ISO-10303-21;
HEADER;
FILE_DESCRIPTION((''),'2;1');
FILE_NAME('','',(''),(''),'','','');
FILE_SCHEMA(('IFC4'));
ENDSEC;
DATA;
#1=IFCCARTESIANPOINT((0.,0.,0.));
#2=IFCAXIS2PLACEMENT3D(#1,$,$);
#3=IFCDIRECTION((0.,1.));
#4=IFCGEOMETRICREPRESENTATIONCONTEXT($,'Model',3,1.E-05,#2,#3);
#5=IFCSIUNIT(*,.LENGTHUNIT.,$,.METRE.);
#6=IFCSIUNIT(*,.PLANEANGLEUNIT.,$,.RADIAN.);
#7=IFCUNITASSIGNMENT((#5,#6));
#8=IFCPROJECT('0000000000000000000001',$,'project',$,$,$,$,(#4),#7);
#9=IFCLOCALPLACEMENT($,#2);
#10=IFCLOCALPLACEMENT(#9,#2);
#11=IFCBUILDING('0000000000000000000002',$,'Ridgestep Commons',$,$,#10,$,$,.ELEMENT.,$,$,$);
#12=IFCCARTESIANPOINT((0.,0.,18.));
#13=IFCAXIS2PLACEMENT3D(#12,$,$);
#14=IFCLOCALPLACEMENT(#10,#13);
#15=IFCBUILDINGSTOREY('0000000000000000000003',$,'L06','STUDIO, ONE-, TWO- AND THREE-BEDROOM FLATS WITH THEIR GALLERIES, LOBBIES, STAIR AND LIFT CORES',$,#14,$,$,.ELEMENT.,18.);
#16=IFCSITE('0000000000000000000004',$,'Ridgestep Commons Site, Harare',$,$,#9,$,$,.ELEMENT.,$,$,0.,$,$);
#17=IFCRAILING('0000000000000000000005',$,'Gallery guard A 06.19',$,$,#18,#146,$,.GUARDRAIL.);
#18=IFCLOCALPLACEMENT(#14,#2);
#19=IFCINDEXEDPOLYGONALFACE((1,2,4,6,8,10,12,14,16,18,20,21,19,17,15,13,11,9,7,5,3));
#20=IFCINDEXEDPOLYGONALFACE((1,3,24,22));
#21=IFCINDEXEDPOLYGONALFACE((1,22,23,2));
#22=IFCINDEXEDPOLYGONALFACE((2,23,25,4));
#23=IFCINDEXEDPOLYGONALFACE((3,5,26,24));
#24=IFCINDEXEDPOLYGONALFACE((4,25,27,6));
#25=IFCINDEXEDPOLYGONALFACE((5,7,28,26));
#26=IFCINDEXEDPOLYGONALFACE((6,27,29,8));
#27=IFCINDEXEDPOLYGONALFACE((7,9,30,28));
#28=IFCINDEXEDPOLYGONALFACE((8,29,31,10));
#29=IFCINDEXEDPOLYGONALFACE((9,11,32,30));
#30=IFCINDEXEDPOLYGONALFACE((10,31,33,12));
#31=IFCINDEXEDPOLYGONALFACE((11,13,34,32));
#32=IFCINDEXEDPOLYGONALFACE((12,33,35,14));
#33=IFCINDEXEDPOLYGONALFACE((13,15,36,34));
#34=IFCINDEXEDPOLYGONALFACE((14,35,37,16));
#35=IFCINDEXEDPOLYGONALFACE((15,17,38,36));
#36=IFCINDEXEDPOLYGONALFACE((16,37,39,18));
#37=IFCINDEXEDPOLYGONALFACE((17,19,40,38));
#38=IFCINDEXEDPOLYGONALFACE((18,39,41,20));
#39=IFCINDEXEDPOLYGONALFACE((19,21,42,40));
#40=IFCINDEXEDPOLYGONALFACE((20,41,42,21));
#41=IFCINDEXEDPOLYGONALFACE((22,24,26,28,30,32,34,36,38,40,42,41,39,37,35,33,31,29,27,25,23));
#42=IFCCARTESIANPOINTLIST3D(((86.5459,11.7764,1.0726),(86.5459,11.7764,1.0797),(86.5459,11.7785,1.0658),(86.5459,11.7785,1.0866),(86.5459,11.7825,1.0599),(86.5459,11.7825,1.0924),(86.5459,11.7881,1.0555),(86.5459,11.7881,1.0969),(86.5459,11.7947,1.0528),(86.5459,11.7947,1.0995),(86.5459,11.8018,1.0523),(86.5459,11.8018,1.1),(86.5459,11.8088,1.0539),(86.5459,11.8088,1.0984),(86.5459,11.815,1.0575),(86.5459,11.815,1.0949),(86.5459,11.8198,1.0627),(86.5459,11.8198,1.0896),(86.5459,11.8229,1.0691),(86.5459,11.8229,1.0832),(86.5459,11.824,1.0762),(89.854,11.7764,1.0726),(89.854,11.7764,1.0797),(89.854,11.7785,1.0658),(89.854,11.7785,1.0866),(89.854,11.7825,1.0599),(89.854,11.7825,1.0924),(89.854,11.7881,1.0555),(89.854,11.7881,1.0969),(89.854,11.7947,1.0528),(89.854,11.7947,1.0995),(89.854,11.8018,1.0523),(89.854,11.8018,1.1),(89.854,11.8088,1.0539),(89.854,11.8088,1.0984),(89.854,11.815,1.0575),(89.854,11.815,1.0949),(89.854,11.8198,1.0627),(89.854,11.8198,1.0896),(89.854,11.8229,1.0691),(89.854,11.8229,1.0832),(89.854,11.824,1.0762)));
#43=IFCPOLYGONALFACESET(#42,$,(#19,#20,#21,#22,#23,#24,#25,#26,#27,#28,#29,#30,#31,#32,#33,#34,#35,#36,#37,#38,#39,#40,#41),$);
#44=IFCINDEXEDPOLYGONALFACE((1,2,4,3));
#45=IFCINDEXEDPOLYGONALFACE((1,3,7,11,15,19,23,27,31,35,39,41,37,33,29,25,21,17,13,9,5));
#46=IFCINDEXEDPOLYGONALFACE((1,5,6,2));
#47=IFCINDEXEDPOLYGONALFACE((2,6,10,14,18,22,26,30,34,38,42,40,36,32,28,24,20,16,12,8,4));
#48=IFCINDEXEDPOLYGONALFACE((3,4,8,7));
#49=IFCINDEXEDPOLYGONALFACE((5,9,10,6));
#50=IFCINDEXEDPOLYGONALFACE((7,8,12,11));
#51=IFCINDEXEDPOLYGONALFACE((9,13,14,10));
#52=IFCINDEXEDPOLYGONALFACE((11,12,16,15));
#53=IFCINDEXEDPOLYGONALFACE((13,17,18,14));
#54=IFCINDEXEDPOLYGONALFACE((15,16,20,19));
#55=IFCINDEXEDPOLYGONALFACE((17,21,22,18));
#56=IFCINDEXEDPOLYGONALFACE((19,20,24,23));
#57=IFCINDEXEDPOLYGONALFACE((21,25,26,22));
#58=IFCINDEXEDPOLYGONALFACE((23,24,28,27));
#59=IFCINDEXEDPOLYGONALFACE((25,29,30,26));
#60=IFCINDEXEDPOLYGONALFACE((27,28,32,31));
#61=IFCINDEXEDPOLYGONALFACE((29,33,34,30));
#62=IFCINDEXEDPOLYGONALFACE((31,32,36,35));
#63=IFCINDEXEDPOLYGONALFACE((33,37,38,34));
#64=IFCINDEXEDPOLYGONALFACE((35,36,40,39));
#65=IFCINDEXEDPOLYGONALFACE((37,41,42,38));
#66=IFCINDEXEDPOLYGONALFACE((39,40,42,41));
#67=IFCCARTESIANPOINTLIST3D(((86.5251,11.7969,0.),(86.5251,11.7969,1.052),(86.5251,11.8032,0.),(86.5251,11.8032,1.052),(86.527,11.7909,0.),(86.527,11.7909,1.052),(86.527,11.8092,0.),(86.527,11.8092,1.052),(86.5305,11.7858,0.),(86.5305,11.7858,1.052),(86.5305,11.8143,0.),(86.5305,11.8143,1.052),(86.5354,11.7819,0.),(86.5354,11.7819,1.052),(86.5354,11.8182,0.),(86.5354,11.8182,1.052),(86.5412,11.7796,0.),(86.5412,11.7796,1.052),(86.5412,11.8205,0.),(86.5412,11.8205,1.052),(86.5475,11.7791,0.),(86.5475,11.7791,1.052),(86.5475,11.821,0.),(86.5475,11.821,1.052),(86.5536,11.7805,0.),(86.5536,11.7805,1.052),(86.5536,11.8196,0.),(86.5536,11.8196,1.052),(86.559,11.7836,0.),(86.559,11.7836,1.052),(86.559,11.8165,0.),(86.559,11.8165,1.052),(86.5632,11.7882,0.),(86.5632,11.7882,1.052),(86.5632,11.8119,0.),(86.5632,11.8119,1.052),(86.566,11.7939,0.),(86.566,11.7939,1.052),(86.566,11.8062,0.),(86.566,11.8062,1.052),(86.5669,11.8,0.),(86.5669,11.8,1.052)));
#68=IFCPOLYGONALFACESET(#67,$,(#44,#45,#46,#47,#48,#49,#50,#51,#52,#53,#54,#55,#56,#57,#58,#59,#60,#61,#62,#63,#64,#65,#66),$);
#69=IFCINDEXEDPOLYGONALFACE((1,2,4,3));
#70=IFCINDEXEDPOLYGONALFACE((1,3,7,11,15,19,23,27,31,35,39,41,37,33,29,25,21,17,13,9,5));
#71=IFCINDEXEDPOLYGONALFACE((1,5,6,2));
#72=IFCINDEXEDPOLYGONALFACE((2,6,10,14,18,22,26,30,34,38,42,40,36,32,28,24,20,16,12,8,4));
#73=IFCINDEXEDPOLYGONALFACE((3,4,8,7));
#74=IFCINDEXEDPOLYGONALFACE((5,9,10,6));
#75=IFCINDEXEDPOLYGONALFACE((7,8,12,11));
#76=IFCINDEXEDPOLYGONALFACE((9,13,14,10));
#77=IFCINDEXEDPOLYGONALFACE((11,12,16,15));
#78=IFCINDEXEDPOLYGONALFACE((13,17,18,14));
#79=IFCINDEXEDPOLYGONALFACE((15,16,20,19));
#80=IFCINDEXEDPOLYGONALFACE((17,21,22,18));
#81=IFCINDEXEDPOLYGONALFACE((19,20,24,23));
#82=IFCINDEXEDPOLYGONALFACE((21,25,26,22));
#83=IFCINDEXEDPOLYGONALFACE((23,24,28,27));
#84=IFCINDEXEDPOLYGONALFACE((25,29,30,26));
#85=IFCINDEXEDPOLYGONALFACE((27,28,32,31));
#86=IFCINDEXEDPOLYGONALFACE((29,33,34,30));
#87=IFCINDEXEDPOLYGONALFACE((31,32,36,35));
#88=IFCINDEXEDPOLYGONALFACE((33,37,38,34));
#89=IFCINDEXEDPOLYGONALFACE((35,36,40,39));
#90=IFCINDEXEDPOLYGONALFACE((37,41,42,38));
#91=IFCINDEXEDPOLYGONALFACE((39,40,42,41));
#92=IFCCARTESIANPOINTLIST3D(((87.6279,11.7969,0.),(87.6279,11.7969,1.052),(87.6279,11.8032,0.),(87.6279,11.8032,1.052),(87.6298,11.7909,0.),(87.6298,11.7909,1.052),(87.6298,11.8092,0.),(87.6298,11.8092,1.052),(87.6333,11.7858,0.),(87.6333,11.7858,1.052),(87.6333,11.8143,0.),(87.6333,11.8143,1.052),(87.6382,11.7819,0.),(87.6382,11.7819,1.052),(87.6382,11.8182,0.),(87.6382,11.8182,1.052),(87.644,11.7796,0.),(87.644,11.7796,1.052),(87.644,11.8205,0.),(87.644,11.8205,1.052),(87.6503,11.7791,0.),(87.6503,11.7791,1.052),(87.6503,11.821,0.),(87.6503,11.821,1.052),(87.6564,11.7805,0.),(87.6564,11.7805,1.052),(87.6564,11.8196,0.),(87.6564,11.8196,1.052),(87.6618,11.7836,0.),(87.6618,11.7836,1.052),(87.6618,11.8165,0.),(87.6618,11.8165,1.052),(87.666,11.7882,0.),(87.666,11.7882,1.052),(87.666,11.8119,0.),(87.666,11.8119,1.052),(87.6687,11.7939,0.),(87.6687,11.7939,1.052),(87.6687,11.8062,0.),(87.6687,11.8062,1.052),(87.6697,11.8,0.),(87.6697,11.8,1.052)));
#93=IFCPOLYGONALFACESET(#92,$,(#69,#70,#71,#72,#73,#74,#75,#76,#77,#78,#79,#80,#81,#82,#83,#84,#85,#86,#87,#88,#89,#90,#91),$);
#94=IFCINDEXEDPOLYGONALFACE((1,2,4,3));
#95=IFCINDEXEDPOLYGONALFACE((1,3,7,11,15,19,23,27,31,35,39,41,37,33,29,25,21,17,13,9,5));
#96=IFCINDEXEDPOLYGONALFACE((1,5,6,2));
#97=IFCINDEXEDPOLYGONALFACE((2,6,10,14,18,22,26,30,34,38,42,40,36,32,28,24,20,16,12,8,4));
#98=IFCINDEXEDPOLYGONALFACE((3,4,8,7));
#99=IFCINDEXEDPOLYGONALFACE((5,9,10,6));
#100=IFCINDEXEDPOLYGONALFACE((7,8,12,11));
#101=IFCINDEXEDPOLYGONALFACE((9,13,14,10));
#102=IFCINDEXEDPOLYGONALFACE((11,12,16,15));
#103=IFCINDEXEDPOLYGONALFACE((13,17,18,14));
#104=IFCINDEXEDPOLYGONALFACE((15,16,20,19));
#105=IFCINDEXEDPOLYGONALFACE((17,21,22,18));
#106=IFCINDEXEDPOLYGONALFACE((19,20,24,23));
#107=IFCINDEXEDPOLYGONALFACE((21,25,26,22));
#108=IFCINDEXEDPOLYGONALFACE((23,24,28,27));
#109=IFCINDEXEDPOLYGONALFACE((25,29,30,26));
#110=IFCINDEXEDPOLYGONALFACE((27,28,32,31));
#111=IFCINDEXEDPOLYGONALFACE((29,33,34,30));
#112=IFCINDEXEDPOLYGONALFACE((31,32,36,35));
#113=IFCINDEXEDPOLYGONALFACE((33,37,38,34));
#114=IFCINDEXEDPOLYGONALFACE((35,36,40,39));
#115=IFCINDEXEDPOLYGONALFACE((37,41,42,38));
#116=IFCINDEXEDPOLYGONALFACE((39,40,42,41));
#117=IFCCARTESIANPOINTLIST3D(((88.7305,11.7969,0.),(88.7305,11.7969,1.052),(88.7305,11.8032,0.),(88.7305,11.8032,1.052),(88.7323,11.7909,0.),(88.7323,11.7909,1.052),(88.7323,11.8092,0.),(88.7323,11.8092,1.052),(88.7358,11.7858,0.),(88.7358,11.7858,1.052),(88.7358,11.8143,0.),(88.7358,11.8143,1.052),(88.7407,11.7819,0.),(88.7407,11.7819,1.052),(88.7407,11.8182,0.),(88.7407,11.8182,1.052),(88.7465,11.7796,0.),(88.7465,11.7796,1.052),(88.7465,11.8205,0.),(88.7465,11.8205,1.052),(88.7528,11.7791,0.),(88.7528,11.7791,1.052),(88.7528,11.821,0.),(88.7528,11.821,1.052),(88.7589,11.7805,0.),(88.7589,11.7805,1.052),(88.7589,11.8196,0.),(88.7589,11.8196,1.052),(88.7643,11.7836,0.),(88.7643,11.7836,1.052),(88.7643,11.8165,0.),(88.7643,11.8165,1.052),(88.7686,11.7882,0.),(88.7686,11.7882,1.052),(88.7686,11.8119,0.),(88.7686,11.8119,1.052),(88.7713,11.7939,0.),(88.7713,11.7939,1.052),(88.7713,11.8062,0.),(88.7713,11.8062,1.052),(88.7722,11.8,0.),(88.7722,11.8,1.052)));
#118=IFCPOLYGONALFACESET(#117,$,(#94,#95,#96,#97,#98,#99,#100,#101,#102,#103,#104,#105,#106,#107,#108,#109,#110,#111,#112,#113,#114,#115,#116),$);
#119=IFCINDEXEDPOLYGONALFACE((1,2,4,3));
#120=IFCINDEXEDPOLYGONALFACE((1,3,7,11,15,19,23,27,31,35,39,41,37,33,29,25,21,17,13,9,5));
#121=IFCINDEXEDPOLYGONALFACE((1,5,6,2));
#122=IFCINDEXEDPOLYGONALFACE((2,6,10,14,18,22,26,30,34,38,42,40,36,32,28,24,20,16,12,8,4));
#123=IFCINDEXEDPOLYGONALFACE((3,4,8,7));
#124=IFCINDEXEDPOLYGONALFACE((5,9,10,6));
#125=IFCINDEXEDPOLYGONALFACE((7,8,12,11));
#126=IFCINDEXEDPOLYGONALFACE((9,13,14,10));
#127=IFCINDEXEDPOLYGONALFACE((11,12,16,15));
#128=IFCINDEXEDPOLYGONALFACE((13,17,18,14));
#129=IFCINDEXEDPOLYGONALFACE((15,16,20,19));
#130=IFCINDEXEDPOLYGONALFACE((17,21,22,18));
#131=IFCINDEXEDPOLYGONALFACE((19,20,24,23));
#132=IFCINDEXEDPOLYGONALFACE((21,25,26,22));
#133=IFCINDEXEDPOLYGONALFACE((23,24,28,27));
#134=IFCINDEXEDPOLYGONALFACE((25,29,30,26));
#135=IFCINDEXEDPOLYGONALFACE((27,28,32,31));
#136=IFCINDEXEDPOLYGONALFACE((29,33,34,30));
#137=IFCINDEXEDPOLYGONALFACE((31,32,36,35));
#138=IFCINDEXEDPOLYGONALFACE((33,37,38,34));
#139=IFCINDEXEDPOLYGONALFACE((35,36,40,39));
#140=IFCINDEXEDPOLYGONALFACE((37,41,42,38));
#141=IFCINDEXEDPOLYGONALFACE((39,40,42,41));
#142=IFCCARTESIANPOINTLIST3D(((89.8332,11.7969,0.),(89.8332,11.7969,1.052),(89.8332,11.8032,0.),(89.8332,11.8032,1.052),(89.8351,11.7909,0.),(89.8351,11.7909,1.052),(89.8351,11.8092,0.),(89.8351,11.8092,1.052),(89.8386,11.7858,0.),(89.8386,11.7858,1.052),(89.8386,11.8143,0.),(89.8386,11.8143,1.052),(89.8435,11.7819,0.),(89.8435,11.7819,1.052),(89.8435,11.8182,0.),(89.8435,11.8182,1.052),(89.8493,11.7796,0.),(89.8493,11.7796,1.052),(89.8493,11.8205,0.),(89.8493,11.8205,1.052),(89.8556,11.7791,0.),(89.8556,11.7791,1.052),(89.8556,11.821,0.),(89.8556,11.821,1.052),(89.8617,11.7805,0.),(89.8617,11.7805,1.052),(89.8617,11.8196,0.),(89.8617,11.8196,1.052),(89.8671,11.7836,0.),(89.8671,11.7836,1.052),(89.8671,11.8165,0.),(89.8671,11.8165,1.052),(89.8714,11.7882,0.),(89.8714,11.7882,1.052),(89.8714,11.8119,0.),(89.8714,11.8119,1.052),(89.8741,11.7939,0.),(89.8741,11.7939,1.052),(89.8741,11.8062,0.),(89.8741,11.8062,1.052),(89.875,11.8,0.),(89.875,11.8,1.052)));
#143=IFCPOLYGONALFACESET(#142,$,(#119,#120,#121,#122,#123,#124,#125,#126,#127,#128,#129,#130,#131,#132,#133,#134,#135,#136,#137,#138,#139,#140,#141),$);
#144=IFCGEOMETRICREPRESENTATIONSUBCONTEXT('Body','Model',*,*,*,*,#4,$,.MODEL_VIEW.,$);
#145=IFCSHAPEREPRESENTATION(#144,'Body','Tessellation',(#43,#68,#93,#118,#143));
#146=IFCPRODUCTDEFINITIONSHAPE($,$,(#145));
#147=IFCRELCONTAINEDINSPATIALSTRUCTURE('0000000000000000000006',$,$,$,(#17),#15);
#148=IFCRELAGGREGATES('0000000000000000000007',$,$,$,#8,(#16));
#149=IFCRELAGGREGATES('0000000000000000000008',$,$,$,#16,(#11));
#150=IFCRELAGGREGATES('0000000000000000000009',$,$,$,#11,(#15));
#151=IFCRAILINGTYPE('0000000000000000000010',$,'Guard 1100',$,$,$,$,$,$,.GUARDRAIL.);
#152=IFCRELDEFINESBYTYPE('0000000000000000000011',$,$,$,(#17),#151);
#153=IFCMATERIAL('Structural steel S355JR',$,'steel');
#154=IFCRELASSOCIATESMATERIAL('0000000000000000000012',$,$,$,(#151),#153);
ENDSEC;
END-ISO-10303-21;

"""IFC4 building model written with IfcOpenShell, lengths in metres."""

from ifc_helpers import new_model, si_unit, direction, frame, origin, origin_2d, place, context, subcontext, project, spatial, circle, extrude, material, type_object, element, save


model = new_model("IFC4")

# Units and contexts
model_context = context("Model", 3, precision=1e-05, world=origin(), true_north=direction((0.0, 1.0)))
body_context = subcontext(model_context, "Body", "Model", "MODEL_VIEW")
ifc_project = project(units=[si_unit("LENGTHUNIT", "METRE"), si_unit("PLANEANGLEUNIT", "RADIAN")], contexts=[model_context])

# Site, building, storey
site_placement = place(None, origin())
site = spatial("IfcSite", under=ifc_project, at=site_placement, Name="Ridgestep Commons Site, Harare", CompositionType="ELEMENT", RefElevation=0.0)
building_placement = place(site_placement, origin())
building = spatial("IfcBuilding", under=site, at=building_placement, Name="Ridgestep Commons", CompositionType="ELEMENT")
storey_placement = place(building_placement, frame((0.0, 0.0, 18.0)))
storey = spatial("IfcBuildingStorey", under=building, at=storey_placement, Name="L06", Description="STUDIO, ONE-, TWO- AND THREE-BEDROOM FLATS WITH THEIR GALLERIES, LOBBIES, STAIR AND LIFT CORES", CompositionType="ELEMENT", Elevation=18.0)

# Railing
ifc_material_1 = material(Name="Structural steel S355JR", Category="steel")
railing_type = type_object("IfcRailingType", Name="Guard 1100", PredefinedType="GUARDRAIL", material=ifc_material_1)
railing_1_placement = place(storey_placement, frame((86.5459, 11.8, 0.0)))
element("IfcRailing", 1, at=railing_1_placement, inside=storey, type_object=railing_type, Name="Gallery guard A 06.19", PredefinedType="GUARDRAIL", context=body_context, shape_type="SweptSolid", body=[
    extrude(circle(Radius=0.0239, at=origin_2d()), frame((0.0, 0.0, 1.0762), z_axis=(1.0, 0.0, 0.0), x_axis=(0.0, 1.0, 0.0)), (0.0, 0.0, 1.0), 3.3081),
    extrude(circle(Radius=0.021, at=origin_2d()), origin(), (0.0, 0.0, 1.0), 1.052),
    extrude(circle(Radius=0.021, at=origin_2d()), frame((1.1028, 0.0, 0.0)), (0.0, 0.0, 1.0), 1.052),
    extrude(circle(Radius=0.021, at=origin_2d()), frame((2.2053, 0.0, 0.0)), (0.0, 0.0, 1.0), 1.052),
    extrude(circle(Radius=0.021, at=origin_2d()), frame((3.3081, 0.0, 0.0)), (0.0, 0.0, 1.0), 1.052),
])

save(model, "model.ifc")
